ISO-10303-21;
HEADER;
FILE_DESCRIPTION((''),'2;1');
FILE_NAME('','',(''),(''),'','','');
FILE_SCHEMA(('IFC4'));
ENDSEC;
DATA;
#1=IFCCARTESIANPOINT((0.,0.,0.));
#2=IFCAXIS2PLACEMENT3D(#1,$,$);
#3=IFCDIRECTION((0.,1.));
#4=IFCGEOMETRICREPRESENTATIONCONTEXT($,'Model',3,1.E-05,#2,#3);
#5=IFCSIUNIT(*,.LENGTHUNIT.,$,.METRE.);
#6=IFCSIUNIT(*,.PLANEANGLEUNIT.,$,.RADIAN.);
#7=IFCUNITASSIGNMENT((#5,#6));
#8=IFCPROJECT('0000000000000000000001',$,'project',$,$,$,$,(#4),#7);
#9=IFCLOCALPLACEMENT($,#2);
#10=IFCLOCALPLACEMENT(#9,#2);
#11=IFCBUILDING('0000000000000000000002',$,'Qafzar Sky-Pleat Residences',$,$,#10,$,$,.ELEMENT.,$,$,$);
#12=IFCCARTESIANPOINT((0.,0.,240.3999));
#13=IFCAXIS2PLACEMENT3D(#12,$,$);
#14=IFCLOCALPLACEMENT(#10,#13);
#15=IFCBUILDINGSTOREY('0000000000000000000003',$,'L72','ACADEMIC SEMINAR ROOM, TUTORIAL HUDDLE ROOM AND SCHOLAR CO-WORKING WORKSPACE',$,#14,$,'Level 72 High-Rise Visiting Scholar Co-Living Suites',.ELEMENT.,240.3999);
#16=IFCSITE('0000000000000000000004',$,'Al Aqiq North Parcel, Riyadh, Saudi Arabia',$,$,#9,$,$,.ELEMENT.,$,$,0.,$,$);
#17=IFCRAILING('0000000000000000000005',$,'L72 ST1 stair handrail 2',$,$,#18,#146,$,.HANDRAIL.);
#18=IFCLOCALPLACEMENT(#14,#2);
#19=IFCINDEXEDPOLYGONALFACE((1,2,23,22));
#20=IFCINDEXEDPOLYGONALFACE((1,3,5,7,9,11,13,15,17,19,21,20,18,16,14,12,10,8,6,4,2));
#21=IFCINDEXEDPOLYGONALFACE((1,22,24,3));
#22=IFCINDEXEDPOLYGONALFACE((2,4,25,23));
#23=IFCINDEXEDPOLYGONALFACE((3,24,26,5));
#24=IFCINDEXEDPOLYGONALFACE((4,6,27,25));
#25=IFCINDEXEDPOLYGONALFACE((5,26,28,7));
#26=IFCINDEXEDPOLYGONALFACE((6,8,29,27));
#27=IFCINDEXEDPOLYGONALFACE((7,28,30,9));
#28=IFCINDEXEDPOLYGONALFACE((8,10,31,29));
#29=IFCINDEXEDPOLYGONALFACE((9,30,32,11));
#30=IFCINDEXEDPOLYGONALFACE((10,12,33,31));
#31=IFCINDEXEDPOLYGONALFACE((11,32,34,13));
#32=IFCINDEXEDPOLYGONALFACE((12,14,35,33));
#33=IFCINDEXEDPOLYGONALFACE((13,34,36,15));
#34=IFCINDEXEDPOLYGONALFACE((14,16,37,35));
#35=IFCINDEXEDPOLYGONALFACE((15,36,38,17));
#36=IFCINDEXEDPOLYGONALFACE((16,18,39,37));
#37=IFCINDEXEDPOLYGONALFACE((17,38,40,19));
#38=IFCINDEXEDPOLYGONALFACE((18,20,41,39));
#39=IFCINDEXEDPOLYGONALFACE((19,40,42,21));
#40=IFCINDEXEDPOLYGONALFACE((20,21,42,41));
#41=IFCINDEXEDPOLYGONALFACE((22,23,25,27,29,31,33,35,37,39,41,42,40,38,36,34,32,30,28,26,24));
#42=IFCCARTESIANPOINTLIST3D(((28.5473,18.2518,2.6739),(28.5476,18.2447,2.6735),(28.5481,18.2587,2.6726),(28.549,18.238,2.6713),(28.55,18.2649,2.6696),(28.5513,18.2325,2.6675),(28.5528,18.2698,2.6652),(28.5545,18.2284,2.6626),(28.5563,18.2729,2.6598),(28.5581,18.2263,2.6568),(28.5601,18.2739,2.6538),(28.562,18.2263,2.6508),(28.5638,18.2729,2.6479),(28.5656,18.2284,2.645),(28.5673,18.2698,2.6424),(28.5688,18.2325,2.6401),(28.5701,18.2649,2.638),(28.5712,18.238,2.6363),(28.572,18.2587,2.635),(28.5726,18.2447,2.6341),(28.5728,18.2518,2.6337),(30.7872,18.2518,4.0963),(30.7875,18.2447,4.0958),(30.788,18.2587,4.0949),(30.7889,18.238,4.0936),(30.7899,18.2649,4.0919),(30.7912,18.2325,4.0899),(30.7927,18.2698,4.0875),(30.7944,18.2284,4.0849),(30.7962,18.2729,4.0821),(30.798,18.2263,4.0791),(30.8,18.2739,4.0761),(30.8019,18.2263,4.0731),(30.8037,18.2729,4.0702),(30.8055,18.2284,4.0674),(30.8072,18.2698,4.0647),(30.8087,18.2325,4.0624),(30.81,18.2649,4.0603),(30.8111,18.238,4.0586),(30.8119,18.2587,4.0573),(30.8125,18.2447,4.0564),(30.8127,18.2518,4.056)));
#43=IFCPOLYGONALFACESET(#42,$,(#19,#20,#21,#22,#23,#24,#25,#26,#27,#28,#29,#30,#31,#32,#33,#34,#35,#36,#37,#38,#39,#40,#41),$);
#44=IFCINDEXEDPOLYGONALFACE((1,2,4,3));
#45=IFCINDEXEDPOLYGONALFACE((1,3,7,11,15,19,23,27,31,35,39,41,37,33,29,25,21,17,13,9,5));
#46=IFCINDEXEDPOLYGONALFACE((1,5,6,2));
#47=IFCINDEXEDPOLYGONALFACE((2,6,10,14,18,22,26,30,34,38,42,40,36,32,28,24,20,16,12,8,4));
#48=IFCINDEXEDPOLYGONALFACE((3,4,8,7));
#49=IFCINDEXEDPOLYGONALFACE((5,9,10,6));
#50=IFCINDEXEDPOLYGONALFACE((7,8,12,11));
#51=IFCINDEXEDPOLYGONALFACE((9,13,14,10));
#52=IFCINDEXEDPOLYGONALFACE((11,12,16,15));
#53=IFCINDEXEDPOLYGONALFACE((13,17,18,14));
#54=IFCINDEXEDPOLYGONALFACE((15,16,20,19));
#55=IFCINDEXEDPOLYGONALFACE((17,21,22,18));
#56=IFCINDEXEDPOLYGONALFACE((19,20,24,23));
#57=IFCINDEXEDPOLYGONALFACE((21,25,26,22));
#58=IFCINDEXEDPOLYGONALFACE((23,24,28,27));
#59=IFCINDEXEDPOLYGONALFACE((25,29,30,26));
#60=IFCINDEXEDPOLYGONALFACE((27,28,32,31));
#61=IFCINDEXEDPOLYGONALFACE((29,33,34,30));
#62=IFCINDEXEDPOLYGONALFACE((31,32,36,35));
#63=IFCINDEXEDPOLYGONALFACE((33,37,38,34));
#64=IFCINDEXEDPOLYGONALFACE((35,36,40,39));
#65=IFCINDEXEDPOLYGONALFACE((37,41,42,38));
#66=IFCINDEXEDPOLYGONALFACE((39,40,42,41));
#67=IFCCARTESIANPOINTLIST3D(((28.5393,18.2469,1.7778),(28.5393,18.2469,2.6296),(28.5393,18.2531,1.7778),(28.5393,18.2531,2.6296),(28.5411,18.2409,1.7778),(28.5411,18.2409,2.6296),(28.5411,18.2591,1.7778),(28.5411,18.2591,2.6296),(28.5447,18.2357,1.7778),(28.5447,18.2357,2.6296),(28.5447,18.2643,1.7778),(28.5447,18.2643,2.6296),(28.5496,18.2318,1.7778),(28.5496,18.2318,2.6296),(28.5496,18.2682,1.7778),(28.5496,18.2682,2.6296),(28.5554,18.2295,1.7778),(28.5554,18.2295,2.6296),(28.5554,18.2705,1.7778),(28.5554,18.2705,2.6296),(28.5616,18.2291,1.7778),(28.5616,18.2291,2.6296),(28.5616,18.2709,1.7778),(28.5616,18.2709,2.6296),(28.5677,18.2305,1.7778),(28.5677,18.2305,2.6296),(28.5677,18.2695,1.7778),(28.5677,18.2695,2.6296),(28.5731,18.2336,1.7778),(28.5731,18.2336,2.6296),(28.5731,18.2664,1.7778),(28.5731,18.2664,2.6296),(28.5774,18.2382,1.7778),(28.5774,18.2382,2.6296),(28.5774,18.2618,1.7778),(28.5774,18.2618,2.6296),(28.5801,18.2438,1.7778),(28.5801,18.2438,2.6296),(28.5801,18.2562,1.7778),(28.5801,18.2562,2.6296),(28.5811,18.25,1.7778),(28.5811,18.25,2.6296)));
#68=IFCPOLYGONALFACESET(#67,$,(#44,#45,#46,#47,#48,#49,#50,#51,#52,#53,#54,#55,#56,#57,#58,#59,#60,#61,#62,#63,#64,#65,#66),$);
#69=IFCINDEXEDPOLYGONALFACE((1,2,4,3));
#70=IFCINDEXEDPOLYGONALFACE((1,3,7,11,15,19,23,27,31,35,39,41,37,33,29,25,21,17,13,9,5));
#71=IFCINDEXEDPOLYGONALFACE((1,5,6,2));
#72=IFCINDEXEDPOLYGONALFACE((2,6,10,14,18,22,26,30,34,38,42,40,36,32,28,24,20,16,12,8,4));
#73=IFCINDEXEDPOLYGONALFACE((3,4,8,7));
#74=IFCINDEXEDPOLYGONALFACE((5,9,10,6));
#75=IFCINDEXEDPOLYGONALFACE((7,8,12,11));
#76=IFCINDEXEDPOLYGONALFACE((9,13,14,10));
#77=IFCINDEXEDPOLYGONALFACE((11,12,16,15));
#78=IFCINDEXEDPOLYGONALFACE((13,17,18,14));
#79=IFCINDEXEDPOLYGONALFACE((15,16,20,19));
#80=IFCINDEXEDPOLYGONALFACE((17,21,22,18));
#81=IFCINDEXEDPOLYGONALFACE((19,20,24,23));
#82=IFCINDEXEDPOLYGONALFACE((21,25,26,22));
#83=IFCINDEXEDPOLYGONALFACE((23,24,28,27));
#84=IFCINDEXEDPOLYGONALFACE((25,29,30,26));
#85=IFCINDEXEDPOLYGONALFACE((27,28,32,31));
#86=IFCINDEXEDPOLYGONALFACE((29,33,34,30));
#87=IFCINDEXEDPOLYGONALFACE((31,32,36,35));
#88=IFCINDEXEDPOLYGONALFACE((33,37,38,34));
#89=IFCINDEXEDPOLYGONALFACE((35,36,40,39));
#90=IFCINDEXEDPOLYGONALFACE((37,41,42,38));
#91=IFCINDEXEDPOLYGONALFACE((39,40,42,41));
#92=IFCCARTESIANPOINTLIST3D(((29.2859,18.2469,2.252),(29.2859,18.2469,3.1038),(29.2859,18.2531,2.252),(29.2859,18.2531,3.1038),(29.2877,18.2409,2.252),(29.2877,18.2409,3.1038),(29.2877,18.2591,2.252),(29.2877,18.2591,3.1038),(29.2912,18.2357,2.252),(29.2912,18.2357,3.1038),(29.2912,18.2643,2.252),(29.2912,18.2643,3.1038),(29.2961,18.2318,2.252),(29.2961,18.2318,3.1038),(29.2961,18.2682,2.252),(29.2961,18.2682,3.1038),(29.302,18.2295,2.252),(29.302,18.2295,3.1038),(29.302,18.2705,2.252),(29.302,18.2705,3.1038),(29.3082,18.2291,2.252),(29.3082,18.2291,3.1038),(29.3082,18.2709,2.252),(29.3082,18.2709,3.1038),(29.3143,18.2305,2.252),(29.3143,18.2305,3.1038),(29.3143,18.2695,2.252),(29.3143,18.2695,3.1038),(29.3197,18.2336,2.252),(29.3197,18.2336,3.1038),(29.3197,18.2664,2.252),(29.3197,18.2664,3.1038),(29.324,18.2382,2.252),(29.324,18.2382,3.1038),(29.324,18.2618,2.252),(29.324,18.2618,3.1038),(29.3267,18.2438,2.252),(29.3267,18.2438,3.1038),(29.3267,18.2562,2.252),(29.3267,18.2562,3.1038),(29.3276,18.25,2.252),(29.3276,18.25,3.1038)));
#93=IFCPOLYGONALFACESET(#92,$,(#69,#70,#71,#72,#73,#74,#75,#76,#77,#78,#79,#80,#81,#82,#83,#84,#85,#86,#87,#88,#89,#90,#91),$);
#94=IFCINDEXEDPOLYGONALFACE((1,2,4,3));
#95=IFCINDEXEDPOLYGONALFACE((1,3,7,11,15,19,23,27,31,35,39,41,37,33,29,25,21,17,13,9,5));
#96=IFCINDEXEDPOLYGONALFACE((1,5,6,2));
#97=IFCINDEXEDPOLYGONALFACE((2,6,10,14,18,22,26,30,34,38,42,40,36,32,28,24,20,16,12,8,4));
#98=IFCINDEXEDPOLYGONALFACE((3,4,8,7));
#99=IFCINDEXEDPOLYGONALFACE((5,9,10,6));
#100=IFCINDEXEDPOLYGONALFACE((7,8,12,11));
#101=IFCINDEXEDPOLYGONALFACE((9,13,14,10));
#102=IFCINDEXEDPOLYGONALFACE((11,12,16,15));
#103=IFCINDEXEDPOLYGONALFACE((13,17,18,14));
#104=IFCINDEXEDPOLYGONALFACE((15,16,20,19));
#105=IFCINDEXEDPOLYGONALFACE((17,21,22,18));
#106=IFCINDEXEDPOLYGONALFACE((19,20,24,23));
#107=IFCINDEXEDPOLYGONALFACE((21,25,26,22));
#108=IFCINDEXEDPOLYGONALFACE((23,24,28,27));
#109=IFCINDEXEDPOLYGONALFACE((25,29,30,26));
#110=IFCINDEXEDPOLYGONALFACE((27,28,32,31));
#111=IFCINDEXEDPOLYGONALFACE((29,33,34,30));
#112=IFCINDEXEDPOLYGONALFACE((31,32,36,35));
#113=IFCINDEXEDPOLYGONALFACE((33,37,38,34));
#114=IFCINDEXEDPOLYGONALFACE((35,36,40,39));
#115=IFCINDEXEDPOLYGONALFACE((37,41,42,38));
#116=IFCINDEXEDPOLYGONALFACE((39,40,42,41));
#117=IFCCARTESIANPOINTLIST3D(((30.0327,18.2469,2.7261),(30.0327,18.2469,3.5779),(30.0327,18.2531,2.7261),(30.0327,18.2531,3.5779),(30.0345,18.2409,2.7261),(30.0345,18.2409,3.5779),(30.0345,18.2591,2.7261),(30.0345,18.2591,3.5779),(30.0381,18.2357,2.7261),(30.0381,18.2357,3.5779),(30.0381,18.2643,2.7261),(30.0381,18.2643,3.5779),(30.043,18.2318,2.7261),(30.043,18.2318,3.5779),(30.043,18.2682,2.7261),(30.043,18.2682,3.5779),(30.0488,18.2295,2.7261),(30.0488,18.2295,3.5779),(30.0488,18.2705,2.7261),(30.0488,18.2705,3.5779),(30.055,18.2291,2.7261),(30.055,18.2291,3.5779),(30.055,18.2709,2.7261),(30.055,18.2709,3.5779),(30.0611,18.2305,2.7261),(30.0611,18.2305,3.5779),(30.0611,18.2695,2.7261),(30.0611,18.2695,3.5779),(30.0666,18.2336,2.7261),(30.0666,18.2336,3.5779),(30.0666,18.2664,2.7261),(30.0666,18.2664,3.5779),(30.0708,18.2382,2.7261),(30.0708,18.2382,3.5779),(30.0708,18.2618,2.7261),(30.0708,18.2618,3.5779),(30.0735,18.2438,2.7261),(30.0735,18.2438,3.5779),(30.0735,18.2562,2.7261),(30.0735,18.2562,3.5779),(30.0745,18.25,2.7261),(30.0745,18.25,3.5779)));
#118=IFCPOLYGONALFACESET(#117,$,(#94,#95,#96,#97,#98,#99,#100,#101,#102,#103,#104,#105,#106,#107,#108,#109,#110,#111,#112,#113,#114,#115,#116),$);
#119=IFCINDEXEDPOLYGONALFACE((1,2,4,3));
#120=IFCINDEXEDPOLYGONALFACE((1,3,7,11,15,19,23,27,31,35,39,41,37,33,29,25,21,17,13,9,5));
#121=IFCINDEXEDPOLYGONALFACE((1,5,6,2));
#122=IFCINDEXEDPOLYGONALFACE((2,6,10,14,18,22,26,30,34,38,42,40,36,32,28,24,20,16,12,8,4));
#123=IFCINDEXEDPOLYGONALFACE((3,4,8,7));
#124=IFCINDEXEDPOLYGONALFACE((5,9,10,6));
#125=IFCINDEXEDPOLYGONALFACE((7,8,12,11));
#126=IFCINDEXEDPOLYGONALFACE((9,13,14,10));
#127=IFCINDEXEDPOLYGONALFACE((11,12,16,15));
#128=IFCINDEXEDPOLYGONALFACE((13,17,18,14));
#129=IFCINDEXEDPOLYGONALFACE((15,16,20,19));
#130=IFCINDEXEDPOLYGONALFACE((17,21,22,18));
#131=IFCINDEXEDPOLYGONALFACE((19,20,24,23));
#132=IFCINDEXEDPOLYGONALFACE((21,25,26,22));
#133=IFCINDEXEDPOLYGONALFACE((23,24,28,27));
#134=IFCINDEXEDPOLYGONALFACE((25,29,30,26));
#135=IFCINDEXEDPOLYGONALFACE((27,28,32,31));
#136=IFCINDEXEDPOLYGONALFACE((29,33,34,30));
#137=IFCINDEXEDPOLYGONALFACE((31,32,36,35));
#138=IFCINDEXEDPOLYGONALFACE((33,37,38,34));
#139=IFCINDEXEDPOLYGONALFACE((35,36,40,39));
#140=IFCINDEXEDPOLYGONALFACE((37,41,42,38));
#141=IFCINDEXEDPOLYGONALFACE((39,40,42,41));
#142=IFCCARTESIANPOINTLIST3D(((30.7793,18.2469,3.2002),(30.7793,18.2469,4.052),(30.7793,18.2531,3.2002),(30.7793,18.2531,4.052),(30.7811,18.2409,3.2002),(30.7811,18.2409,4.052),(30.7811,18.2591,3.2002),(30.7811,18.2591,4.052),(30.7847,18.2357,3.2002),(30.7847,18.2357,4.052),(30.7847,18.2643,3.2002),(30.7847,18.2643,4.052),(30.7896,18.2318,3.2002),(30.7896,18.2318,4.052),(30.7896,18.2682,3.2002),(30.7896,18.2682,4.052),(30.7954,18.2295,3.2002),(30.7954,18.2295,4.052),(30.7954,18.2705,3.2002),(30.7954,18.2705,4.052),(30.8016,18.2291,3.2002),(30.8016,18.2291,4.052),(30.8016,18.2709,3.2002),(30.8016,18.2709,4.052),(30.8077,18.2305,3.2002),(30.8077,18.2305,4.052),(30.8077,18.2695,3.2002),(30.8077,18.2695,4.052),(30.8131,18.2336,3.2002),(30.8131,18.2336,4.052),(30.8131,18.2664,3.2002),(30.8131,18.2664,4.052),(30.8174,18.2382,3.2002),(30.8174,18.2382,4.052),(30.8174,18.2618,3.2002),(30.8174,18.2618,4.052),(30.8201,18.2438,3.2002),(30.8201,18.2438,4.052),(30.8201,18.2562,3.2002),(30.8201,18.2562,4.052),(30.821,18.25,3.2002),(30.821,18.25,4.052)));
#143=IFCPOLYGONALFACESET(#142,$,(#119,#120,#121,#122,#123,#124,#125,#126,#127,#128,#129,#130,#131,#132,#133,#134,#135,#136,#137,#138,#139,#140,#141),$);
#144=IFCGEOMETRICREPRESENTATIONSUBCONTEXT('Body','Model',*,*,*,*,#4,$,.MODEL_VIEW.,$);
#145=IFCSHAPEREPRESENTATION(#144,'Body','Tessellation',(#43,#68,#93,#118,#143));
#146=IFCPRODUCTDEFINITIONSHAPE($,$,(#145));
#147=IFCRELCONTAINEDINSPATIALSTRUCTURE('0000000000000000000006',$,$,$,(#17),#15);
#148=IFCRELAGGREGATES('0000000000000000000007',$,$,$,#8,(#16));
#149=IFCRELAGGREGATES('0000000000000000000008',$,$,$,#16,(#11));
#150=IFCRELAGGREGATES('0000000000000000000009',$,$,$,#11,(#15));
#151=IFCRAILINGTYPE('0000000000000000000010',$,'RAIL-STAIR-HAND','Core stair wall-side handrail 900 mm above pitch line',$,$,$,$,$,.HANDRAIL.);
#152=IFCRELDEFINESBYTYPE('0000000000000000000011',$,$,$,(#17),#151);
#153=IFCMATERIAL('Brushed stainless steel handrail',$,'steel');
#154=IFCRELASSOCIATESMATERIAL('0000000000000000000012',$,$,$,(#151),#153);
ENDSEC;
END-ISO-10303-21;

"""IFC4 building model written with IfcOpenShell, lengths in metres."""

from ifc_helpers import new_model, si_unit, direction, frame, origin, origin_2d, place, context, subcontext, project, spatial, circle, extrude, source, transform, mapped, material, type_object, element, save


model = new_model("IFC4")

# Units and contexts
model_context = context("Model", 3, precision=1e-05, world=origin(), true_north=direction((0.0, 1.0)))
body_context = subcontext(model_context, "Body", "Model", "MODEL_VIEW")
ifc_project = project(units=[si_unit("LENGTHUNIT", "METRE"), si_unit("PLANEANGLEUNIT", "RADIAN")], contexts=[model_context])

# Site, building, storey
site_placement = place(None, origin())
site = spatial("IfcSite", under=ifc_project, at=site_placement, Name="Al Aqiq North Parcel, Riyadh, Saudi Arabia", CompositionType="ELEMENT", RefElevation=0.0)
building_placement = place(site_placement, origin())
building = spatial("IfcBuilding", under=site, at=building_placement, Name="Qafzar Sky-Pleat Residences", CompositionType="ELEMENT")
storey_placement = place(building_placement, frame((0.0, 0.0, 240.3999)))
storey = spatial("IfcBuildingStorey", under=building, at=storey_placement, Name="L72", Description="ACADEMIC SEMINAR ROOM, TUTORIAL HUDDLE ROOM AND SCHOLAR CO-WORKING WORKSPACE", LongName="Level 72 High-Rise Visiting Scholar Co-Living Suites", CompositionType="ELEMENT", Elevation=240.3999)

# Railing
ifc_material_1 = material(Name="Brushed stainless steel handrail", Category="steel")
railing_type_1 = type_object("IfcRailingType", Name="RAIL-STAIR-HAND", Description="Core stair wall-side handrail 900 mm above pitch line", PredefinedType="HANDRAIL", material=ifc_material_1)
shared_shape_1 = source(origin(), body_context, "Body", "SweptSolid", [
    extrude(circle(Radius=0.0239, at=origin_2d()), frame((0.0, 0.0, 0.876), z_axis=(0.844188, 0.0, 0.536048), x_axis=(0.0, 1.0, 0.0)), (0.0, 0.0, 1.0), 2.6533),
    extrude(circle(Radius=0.021, at=origin_2d()), origin(), (0.0, 0.0, 1.0), 0.8518),
    extrude(circle(Radius=0.021, at=origin_2d()), frame((0.7466, 0.0, 0.4741)), (0.0, 0.0, 1.0), 0.8518),
    extrude(circle(Radius=0.021, at=origin_2d()), frame((1.4934, 0.0, 0.9482)), (0.0, 0.0, 1.0), 0.8518),
    extrude(circle(Radius=0.021, at=origin_2d()), frame((2.24, 0.0, 1.4224)), (0.0, 0.0, 1.0), 0.8518),
])
railing_1_placement = place(storey_placement, frame((28.5601, 18.25, 1.7778)))
element("IfcRailing", 1, at=railing_1_placement, inside=storey, type_object=railing_type_1, Name="L72 ST1 stair handrail 2", PredefinedType="HANDRAIL", context=body_context, shape_type="MappedRepresentation", body=[
    mapped(shared_shape_1, transform((0.0, 0.0, 0.0), x_axis=(1.0, 0.0, 0.0), y_axis=(0.0, 1.0, 0.0), z_axis=(0.0, 0.0, 1.0), scale=1.0)),
])

save(model, "model.ifc")
